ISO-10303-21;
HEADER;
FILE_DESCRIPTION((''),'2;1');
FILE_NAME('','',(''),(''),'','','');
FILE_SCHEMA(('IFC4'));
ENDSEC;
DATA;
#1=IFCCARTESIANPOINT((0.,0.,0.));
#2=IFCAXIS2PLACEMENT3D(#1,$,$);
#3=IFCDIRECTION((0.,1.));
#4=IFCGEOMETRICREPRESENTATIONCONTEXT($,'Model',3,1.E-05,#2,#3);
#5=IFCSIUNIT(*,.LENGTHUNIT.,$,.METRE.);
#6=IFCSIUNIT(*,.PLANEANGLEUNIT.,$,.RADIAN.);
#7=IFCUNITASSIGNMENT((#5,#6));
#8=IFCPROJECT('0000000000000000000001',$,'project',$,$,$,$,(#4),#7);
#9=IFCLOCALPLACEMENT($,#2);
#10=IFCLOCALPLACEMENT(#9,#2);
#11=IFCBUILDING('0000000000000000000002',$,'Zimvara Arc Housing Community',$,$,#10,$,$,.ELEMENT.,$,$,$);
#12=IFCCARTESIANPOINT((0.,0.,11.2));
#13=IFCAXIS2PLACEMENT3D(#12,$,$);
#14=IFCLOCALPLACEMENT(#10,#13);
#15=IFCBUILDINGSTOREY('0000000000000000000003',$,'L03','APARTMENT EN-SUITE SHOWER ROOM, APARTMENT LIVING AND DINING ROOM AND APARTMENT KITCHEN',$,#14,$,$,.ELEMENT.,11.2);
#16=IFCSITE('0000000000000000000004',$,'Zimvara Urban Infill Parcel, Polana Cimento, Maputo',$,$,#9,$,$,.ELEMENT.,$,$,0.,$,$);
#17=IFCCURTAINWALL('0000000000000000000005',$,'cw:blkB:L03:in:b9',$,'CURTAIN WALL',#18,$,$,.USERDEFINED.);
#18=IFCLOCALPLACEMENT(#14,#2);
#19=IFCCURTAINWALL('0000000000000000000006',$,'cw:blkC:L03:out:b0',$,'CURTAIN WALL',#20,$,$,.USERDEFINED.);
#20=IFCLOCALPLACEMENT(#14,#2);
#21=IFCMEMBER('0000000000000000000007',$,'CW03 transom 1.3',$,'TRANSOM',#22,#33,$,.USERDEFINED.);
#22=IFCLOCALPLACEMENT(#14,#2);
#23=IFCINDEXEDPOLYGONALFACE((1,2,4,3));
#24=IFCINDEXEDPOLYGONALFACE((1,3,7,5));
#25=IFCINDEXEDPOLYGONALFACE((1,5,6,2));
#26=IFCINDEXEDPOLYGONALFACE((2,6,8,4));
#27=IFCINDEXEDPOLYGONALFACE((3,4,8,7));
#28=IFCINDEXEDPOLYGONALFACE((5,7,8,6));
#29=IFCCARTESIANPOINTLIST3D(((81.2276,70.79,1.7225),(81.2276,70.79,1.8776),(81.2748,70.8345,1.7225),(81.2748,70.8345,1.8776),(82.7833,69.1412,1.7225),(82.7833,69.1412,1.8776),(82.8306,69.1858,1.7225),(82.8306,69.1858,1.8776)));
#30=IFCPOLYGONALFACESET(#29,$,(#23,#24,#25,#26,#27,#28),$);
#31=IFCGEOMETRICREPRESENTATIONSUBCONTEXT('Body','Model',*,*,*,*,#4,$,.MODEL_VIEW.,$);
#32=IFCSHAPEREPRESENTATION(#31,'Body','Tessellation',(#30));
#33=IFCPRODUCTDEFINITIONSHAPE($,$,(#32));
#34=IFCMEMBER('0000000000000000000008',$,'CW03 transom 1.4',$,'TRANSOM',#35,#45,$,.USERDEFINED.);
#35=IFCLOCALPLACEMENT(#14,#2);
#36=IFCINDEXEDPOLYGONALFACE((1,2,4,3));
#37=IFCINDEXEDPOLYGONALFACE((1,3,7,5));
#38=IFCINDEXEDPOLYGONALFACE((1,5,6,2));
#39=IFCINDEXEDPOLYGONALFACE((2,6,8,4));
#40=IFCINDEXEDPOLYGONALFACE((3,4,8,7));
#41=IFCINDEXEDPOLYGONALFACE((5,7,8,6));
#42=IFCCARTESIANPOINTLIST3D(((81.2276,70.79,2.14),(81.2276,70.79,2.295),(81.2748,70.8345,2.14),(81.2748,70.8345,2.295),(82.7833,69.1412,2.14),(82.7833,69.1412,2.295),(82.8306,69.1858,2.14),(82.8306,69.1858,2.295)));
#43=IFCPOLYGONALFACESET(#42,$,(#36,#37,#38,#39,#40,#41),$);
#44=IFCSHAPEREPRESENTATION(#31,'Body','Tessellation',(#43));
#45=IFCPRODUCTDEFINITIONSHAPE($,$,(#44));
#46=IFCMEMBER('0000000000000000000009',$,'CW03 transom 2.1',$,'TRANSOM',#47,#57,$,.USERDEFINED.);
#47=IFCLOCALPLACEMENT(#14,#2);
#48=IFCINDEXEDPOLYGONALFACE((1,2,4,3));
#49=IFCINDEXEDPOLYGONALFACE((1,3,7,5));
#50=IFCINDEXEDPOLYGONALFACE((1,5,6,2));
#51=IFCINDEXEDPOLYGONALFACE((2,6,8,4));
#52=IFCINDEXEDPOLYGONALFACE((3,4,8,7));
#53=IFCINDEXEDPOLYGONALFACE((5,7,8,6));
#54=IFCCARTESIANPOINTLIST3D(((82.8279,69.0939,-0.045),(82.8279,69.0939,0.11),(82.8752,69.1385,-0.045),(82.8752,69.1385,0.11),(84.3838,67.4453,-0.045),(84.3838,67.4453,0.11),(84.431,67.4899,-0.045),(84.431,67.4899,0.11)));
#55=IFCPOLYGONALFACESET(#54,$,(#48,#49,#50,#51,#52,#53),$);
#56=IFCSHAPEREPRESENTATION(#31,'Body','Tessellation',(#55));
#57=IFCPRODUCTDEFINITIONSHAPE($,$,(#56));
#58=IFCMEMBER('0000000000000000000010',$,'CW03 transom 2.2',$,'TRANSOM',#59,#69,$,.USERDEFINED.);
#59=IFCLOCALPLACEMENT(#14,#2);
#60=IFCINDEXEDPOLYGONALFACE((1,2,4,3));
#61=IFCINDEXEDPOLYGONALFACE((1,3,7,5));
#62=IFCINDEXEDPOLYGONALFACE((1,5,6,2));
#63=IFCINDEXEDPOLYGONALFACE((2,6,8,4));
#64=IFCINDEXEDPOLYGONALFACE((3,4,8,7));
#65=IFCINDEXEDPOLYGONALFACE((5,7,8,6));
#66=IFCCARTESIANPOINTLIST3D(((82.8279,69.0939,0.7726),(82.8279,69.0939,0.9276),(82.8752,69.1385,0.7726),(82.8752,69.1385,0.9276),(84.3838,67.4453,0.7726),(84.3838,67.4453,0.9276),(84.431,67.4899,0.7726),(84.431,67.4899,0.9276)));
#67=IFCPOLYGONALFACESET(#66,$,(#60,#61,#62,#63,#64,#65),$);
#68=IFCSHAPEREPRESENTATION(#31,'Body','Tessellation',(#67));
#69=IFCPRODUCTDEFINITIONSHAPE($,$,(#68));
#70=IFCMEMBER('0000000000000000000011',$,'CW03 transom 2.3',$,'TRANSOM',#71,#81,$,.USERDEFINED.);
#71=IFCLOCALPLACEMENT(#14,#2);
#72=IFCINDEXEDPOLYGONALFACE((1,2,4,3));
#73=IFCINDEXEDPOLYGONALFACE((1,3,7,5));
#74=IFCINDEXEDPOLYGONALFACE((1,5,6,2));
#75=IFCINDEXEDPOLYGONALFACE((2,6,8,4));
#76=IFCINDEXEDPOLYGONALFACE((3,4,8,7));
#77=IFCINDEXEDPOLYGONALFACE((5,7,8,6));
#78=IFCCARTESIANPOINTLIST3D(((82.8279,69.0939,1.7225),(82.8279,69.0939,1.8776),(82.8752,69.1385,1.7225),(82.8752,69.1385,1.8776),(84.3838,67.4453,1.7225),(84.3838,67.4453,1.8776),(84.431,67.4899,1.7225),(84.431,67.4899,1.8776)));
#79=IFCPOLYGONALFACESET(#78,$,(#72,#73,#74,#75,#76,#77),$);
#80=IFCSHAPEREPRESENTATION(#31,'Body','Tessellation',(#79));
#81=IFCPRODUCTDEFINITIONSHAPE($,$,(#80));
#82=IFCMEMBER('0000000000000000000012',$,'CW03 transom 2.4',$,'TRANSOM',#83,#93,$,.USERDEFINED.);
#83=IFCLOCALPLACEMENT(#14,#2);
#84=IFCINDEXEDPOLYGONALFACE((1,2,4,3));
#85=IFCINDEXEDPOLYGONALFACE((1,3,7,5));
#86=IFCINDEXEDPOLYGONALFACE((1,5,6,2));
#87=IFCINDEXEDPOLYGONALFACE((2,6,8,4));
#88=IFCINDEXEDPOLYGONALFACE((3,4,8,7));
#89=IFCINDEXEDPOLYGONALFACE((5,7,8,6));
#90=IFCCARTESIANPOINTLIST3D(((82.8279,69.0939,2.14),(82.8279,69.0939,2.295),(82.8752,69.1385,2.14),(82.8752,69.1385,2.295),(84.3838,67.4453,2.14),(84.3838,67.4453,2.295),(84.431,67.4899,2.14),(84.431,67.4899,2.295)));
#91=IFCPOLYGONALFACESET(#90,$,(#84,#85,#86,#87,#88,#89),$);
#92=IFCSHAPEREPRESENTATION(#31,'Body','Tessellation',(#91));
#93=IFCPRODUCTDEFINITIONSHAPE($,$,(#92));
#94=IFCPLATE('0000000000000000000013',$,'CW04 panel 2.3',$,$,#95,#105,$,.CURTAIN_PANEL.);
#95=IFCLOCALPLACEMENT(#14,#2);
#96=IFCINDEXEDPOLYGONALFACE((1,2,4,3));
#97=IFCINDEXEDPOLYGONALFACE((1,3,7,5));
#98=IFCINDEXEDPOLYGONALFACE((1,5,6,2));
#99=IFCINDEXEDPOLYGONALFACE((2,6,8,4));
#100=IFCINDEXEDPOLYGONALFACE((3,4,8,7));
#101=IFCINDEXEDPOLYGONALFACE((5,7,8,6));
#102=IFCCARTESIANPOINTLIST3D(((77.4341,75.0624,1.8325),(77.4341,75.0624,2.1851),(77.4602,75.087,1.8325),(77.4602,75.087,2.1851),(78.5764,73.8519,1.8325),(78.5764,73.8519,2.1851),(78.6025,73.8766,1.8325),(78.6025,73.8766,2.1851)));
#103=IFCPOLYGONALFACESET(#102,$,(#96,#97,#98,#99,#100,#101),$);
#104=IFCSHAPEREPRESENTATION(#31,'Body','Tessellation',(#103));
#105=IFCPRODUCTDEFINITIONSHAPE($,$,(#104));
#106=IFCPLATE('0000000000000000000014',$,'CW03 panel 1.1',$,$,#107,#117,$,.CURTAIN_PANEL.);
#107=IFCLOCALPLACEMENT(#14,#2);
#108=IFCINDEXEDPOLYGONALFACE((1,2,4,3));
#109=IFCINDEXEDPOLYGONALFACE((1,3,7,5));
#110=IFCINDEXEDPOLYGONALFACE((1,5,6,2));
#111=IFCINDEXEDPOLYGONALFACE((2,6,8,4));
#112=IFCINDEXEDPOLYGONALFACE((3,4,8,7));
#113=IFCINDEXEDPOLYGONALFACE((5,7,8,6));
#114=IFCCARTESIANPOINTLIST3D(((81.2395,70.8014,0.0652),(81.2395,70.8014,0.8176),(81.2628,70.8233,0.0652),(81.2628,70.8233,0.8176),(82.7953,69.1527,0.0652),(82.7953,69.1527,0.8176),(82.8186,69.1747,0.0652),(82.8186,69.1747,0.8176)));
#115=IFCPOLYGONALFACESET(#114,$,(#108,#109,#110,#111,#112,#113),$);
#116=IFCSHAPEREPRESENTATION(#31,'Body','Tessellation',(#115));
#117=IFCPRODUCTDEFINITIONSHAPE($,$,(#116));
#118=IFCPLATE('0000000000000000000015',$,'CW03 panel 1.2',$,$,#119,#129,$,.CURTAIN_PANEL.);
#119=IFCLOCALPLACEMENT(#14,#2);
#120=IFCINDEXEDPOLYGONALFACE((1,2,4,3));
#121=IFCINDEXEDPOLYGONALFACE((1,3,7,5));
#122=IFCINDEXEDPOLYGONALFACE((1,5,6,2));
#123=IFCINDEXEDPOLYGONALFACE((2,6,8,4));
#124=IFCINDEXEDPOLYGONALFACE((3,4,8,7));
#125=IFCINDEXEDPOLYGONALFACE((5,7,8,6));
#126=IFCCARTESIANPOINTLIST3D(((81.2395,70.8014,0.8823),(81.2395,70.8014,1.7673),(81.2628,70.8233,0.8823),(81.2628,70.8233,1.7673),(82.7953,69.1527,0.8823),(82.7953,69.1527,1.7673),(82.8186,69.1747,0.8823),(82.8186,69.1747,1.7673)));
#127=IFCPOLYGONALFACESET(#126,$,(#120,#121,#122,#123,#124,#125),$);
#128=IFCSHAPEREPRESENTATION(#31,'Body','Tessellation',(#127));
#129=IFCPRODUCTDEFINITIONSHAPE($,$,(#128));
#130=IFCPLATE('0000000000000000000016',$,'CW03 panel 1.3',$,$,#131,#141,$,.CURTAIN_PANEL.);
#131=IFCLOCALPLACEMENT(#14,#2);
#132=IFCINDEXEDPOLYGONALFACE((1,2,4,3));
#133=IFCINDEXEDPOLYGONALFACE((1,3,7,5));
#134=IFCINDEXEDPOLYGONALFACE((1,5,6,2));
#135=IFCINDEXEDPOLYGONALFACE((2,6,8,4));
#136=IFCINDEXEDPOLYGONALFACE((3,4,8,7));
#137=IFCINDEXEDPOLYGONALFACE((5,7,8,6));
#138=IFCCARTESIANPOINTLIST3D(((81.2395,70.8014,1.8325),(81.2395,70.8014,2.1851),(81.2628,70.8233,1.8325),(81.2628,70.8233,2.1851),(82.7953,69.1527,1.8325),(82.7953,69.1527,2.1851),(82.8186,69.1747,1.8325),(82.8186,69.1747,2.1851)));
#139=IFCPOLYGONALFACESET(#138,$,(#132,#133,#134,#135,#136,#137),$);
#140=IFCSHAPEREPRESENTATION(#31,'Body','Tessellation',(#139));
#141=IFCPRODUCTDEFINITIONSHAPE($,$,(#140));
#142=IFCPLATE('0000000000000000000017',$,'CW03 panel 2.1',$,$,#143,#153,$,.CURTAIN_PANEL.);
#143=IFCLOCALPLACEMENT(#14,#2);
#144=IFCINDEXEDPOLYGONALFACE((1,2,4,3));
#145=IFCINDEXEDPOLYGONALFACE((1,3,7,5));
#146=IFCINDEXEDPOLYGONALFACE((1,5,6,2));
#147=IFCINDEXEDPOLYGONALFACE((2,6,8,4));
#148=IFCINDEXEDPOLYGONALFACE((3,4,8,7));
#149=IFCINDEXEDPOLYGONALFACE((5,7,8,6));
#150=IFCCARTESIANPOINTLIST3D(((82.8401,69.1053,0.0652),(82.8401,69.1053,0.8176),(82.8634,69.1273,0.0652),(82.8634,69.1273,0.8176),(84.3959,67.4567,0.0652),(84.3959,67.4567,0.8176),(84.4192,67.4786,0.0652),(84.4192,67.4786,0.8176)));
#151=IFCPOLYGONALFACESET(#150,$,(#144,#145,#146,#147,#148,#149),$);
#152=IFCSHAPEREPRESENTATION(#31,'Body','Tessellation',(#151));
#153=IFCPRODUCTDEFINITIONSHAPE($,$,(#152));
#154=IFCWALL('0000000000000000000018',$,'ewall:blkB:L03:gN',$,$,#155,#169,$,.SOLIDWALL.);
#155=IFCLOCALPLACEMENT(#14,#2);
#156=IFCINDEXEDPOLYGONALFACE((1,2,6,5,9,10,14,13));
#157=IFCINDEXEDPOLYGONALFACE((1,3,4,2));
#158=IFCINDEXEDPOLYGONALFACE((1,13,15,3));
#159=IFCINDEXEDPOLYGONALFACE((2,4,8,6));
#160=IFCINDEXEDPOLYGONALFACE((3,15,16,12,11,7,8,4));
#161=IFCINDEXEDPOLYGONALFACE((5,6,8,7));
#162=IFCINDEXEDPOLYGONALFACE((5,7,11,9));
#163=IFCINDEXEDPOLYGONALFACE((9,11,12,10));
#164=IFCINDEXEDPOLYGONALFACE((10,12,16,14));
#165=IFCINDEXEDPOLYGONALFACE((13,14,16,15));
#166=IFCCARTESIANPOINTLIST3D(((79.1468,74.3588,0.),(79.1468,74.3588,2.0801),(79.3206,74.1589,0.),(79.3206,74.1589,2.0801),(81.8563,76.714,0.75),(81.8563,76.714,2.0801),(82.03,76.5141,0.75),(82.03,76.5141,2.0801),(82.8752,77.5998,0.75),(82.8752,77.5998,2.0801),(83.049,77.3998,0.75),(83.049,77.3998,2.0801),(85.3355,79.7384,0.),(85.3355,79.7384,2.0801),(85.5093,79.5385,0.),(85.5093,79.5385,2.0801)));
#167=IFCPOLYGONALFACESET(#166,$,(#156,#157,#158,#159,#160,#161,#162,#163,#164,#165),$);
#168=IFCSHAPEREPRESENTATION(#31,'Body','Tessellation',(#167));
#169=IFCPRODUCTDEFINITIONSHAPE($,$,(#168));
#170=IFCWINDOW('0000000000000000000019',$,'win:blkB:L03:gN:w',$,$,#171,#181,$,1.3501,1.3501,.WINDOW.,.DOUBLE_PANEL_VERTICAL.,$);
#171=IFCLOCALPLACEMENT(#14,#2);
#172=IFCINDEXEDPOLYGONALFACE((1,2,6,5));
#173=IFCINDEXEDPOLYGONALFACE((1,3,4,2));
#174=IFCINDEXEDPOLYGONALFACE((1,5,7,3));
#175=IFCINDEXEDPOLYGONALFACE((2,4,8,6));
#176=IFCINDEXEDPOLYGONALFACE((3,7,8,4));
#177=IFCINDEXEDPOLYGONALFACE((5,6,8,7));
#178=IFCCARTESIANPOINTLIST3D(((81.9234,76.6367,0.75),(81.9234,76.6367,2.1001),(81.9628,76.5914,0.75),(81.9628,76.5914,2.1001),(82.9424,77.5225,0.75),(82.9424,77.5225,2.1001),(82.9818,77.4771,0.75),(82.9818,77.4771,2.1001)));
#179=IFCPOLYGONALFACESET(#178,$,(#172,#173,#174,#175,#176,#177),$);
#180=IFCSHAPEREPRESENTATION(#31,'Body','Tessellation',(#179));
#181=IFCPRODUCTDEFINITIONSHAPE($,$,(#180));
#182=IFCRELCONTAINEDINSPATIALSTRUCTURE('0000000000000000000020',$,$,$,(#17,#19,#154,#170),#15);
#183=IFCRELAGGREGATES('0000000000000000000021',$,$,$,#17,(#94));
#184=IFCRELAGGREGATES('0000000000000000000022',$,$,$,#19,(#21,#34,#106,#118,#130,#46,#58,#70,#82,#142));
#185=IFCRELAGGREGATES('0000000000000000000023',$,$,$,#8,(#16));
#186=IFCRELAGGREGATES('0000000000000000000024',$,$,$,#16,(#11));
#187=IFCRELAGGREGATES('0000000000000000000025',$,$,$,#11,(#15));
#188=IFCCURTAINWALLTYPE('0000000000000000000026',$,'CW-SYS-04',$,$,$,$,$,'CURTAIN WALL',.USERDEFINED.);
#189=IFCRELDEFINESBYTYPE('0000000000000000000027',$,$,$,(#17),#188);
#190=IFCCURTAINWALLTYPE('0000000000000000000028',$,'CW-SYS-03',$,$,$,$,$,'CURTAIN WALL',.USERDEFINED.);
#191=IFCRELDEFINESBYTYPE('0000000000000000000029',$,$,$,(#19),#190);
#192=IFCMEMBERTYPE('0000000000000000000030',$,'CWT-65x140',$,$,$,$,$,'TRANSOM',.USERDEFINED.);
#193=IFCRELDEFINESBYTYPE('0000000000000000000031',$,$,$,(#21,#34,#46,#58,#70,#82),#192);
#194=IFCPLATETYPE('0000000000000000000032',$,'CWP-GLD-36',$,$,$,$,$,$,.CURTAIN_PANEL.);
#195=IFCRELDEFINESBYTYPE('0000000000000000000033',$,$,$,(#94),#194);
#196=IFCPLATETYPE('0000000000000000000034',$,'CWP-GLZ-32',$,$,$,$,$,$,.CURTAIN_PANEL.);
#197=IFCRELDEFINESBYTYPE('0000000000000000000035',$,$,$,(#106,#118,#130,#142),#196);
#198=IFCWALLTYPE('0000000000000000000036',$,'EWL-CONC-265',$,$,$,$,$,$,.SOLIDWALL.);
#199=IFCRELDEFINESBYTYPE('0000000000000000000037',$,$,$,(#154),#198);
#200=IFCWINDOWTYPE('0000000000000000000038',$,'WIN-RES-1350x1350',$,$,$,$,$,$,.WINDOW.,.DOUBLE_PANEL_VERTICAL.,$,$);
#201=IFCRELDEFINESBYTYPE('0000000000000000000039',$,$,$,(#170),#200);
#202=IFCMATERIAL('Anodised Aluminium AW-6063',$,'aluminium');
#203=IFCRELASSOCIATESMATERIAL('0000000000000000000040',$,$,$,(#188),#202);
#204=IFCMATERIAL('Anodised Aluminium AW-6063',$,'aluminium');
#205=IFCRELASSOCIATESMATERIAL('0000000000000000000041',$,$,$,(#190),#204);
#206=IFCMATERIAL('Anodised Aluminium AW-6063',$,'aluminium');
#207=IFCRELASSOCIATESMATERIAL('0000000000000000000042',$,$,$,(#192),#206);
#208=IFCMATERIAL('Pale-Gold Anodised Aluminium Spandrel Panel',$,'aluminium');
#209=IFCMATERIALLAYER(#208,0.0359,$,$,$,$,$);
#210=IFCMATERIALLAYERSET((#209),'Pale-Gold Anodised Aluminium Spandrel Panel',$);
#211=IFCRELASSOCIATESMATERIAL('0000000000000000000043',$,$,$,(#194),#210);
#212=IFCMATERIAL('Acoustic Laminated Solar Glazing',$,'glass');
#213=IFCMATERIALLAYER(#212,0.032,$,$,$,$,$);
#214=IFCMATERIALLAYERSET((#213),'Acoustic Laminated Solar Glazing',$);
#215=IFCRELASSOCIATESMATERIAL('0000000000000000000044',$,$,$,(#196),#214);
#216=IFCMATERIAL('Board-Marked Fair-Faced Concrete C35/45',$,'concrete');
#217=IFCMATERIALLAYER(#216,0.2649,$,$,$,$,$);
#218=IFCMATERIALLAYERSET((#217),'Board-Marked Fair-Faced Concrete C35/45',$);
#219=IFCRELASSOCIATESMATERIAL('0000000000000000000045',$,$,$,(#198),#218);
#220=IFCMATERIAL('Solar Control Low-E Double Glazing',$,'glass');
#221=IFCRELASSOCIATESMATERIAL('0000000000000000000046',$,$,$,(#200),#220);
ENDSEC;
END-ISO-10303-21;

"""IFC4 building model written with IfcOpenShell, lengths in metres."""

from ifc_helpers import new_model, si_unit, direction, frame, frame_2d, origin, origin_2d, place, context, subcontext, project, spatial, rectangle, extrude, material, layer, layer_set, material_profile, profile_set, type_object, element, fill, aggregate, save


model = new_model("IFC4")

# Units and contexts
model_context = context("Model", 3, precision=1e-05, world=origin(), true_north=direction((0.0, 1.0)))
body_context = subcontext(model_context, "Body", "Model", "MODEL_VIEW")
ifc_project = project(units=[si_unit("LENGTHUNIT", "METRE"), si_unit("PLANEANGLEUNIT", "RADIAN")], contexts=[model_context])

# Site, building, storey
site_placement = place(None, origin())
site = spatial("IfcSite", under=ifc_project, at=site_placement, Name="Zimvara Urban Infill Parcel, Polana Cimento, Maputo", CompositionType="ELEMENT", RefElevation=0.0)
building_placement = place(site_placement, origin())
building = spatial("IfcBuilding", under=site, at=building_placement, Name="Zimvara Arc Housing Community", CompositionType="ELEMENT")
storey_placement = place(building_placement, frame((0.0, 0.0, 11.2)))
storey = spatial("IfcBuildingStorey", under=building, at=storey_placement, Name="L03", Description="APARTMENT EN-SUITE SHOWER ROOM, APARTMENT LIVING AND DINING ROOM AND APARTMENT KITCHEN", CompositionType="ELEMENT", Elevation=11.2)

# Curtain wall
ifc_material_1 = material(Name="Anodised Aluminium AW-6063", Category="aluminium")
curtain_wall_type_1 = type_object("IfcCurtainWallType", Name="CW-SYS-04", ElementType="CURTAIN WALL", PredefinedType="USERDEFINED", material=ifc_material_1)
curtain_wall_1_placement = place(storey_placement, origin())
curtain_wall_1 = element("IfcCurtainWall", 1, at=curtain_wall_1_placement, inside=storey, type_object=curtain_wall_type_1, Name="cw:blkB:L03:in:b9", ObjectType="CURTAIN WALL", PredefinedType="USERDEFINED")

# Curtain wall, members
ifc_material_2 = material(Name="Anodised Aluminium AW-6063", Category="aluminium")
curtain_wall_type_2 = type_object("IfcCurtainWallType", Name="CW-SYS-03", ElementType="CURTAIN WALL", PredefinedType="USERDEFINED", material=ifc_material_2)
curtain_wall_2_placement = place(storey_placement, origin())
curtain_wall_2 = element("IfcCurtainWall", 2, at=curtain_wall_2_placement, inside=storey, type_object=curtain_wall_type_2, Name="cw:blkC:L03:out:b0", ObjectType="CURTAIN WALL", PredefinedType="USERDEFINED")
ifc_material_3 = material(Name="Anodised Aluminium AW-6063", Category="aluminium")
ifc_material_profile_1 = material_profile(ifc_material_3, rectangle(XDim=0.0649, YDim=0.155, at=origin_2d()), Name="ALU 65x155")
ifc_profile_set_1 = profile_set([ifc_material_profile_1], Name="Anodised Aluminium AW-6063")
member_type_1 = type_object("IfcMemberType", Name="CWT-65x140", ElementType="TRANSOM", PredefinedType="USERDEFINED", material=ifc_profile_set_1)
member_1_placement = place(storey_placement, frame((81.2512, 70.8123, 1.8), z_axis=(0.686291, -0.727327, 0.0), x_axis=(0.727327, 0.686291, 0.0)))
member_1 = element("IfcMember", 3, at=member_1_placement, type_object=member_type_1, Name="CW03 transom 1.3", ObjectType="TRANSOM", PredefinedType="USERDEFINED", context=body_context, shape_type="SweptSolid", body=[
    extrude(rectangle(XDim=0.0649, YDim=0.155, at=origin_2d()), origin(), (0.0, 0.0, 1.0), 2.2668),
])
member_2_placement = place(storey_placement, frame((81.2512, 70.8123, 2.2175), z_axis=(0.686291, -0.727327, 0.0), x_axis=(0.727327, 0.686291, 0.0)))
member_2 = element("IfcMember", 4, at=member_2_placement, type_object=member_type_1, Name="CW03 transom 1.4", ObjectType="TRANSOM", PredefinedType="USERDEFINED", context=body_context, shape_type="SweptSolid", body=[
    extrude(rectangle(XDim=0.0649, YDim=0.155, at=origin_2d()), origin(), (0.0, 0.0, 1.0), 2.2668),
])
member_3_placement = place(storey_placement, frame((82.8516, 69.1162, 0.0325), z_axis=(0.686348, -0.727273, 0.0), x_axis=(0.727273, 0.686348, 0.0)))
member_3 = element("IfcMember", 5, at=member_3_placement, type_object=member_type_1, Name="CW03 transom 2.1", ObjectType="TRANSOM", PredefinedType="USERDEFINED", context=body_context, shape_type="SweptSolid", body=[
    extrude(rectangle(XDim=0.0649, YDim=0.155, at=origin_2d()), origin(), (0.0, 0.0, 1.0), 2.2668),
])
member_4_placement = place(storey_placement, frame((82.8516, 69.1162, 0.8501), z_axis=(0.686348, -0.727273, 0.0), x_axis=(0.727273, 0.686348, 0.0)))
member_4 = element("IfcMember", 6, at=member_4_placement, type_object=member_type_1, Name="CW03 transom 2.2", ObjectType="TRANSOM", PredefinedType="USERDEFINED", context=body_context, shape_type="SweptSolid", body=[
    extrude(rectangle(XDim=0.0649, YDim=0.155, at=origin_2d()), origin(), (0.0, 0.0, 1.0), 2.2668),
])
member_5_placement = place(storey_placement, frame((82.8516, 69.1162, 1.8), z_axis=(0.686348, -0.727273, 0.0), x_axis=(0.727273, 0.686348, 0.0)))
member_5 = element("IfcMember", 7, at=member_5_placement, type_object=member_type_1, Name="CW03 transom 2.3", ObjectType="TRANSOM", PredefinedType="USERDEFINED", context=body_context, shape_type="SweptSolid", body=[
    extrude(rectangle(XDim=0.0649, YDim=0.155, at=origin_2d()), origin(), (0.0, 0.0, 1.0), 2.2668),
])
member_6_placement = place(storey_placement, frame((82.8516, 69.1162, 2.2175), z_axis=(0.686348, -0.727273, 0.0), x_axis=(0.727273, 0.686348, 0.0)))
member_6 = element("IfcMember", 8, at=member_6_placement, type_object=member_type_1, Name="CW03 transom 2.4", ObjectType="TRANSOM", PredefinedType="USERDEFINED", context=body_context, shape_type="SweptSolid", body=[
    extrude(rectangle(XDim=0.0649, YDim=0.155, at=origin_2d()), origin(), (0.0, 0.0, 1.0), 2.2668),
])

# Plates
ifc_material_4 = material(Name="Pale-Gold Anodised Aluminium Spandrel Panel", Category="aluminium")
ifc_layer_1 = layer(ifc_material_4, 0.0359)
ifc_layer_set_1 = layer_set([ifc_layer_1], Name="Pale-Gold Anodised Aluminium Spandrel Panel")
plate_type_1 = type_object("IfcPlateType", Name="CWP-GLD-36", PredefinedType="CURTAIN_PANEL", material=ifc_layer_set_1)
plate_1_placement = place(storey_placement, frame((78.0183, 74.4695, 1.8325), z_axis=(0.0, 0.0, 1.0), x_axis=(0.686327, -0.727293, 0.0)))
plate_1 = element("IfcPlate", 9, at=plate_1_placement, type_object=plate_type_1, Name="CW04 panel 2.3", PredefinedType="CURTAIN_PANEL", context=body_context, shape_type="SweptSolid", body=[
    extrude(rectangle(XDim=1.6643, YDim=0.0359, at=origin_2d()), origin(), (0.0, 0.0, 1.0), 0.3525),
])
aggregate(curtain_wall_1, [plate_1])
ifc_material_5 = material(Name="Acoustic Laminated Solar Glazing", Category="glass")
ifc_layer_2 = layer(ifc_material_5, 0.032)
ifc_layer_set_2 = layer_set([ifc_layer_2], Name="Acoustic Laminated Solar Glazing")
plate_type_2 = type_object("IfcPlateType", Name="CWP-GLZ-32", PredefinedType="CURTAIN_PANEL", material=ifc_layer_set_2)
plate_2_placement = place(storey_placement, frame((82.0291, 69.988, 0.0652), z_axis=(0.0, 0.0, 1.0), x_axis=(0.686326, -0.727294, 0.0)))
plate_2 = element("IfcPlate", 10, at=plate_2_placement, type_object=plate_type_2, Name="CW03 panel 1.1", PredefinedType="CURTAIN_PANEL", context=body_context, shape_type="SweptSolid", body=[
    extrude(rectangle(XDim=2.2668, YDim=0.032, at=origin_2d()), origin(), (0.0, 0.0, 1.0), 0.7524),
])
plate_3_placement = place(storey_placement, frame((82.0291, 69.988, 0.8823), z_axis=(0.0, 0.0, 1.0), x_axis=(0.686326, -0.727294, 0.0)))
plate_3 = element("IfcPlate", 11, at=plate_3_placement, type_object=plate_type_2, Name="CW03 panel 1.2", PredefinedType="CURTAIN_PANEL", context=body_context, shape_type="SweptSolid", body=[
    extrude(rectangle(XDim=2.2668, YDim=0.032, at=origin_2d()), origin(), (0.0, 0.0, 1.0), 0.885),
])
plate_4_placement = place(storey_placement, frame((82.0291, 69.988, 1.8325), z_axis=(0.0, 0.0, 1.0), x_axis=(0.686326, -0.727294, 0.0)))
plate_4 = element("IfcPlate", 12, at=plate_4_placement, type_object=plate_type_2, Name="CW03 panel 1.3", PredefinedType="CURTAIN_PANEL", context=body_context, shape_type="SweptSolid", body=[
    extrude(rectangle(XDim=2.2668, YDim=0.032, at=origin_2d()), origin(), (0.0, 0.0, 1.0), 0.3525),
])
plate_5_placement = place(storey_placement, frame((83.6296, 68.292, 0.0652), z_axis=(0.0, 0.0, 1.0), x_axis=(0.686326, -0.727294, 0.0)))
plate_5 = element("IfcPlate", 13, at=plate_5_placement, type_object=plate_type_2, Name="CW03 panel 2.1", PredefinedType="CURTAIN_PANEL", context=body_context, shape_type="SweptSolid", body=[
    extrude(rectangle(XDim=2.2668, YDim=0.032, at=origin_2d()), origin(), (0.0, 0.0, 1.0), 0.7524),
])
aggregate(curtain_wall_2, [member_1, member_2, plate_2, plate_3, plate_4, member_3, member_4, member_5, member_6, plate_5])

# Wall, opening, window
ifc_material_6 = material(Name="Board-Marked Fair-Faced Concrete C35/45", Category="concrete")
ifc_layer_3 = layer(ifc_material_6, 0.2649)
ifc_layer_set_3 = layer_set([ifc_layer_3], Name="Board-Marked Fair-Faced Concrete C35/45")
wall_type_1 = type_object("IfcWallType", Name="EWL-CONC-265", PredefinedType="SOLIDWALL", material=ifc_layer_set_3)
wall_1_placement = place(storey_placement, frame((79.2336, 74.2588, 0.0), z_axis=(0.0, 0.0, 1.0), x_axis=(0.754718, 0.65605, 0.0)))
wall_1 = element("IfcWall", 14, at=wall_1_placement, inside=storey, type_object=wall_type_1, Name="ewall:blkB:L03:gN", PredefinedType="SOLIDWALL", context=body_context, shape_type="SweptSolid", body=[
    extrude(rectangle(XDim=8.2, YDim=0.2649, at=frame_2d((4.1001, 0.0))), origin(), (0.0, 0.0, 1.0), 2.0801),
])
opening_1_placement = place(wall_1_placement, frame((3.5901, 0.0, 0.75)))
opening_1 = element("IfcOpeningElement", 15, at=opening_1_placement, cuts=wall_1, PredefinedType="OPENING", context=body_context, shape_type="SweptSolid", body=[
    extrude(rectangle(XDim=1.3501, YDim=1.3501, at=frame_2d((0.675, 0.675))), frame((0.0, 0.1423, 0.0), z_axis=(0.0, -1.0, 0.0), x_axis=(1.0, 0.0, 0.0)), (0.0, 0.0, 1.0), 0.2849),
])
ifc_material_7 = material(Name="Solar Control Low-E Double Glazing", Category="glass")
window_type = type_object("IfcWindowType", Name="WIN-RES-1350x1350", PartitioningType="DOUBLE_PANEL_VERTICAL", PredefinedType="WINDOW", material=ifc_material_7)
window_placement = place(opening_1_placement, origin())
window = element("IfcWindow", 16, at=window_placement, inside=storey, type_object=window_type, Name="win:blkB:L03:gN:w", OverallHeight=1.3501, OverallWidth=1.3501, PartitioningType="DOUBLE_PANEL_VERTICAL", PredefinedType="WINDOW", context=body_context, shape_type="SweptSolid", body=[
    extrude(rectangle(XDim=1.3501, YDim=1.3501, at=frame_2d((0.675, 0.675))), frame((0.0, 0.03, 0.0), z_axis=(0.0, -1.0, 0.0), x_axis=(1.0, 0.0, 0.0)), (0.0, 0.0, 1.0), 0.0601),
])
fill(opening_1, window)

save(model, "model.ifc")
